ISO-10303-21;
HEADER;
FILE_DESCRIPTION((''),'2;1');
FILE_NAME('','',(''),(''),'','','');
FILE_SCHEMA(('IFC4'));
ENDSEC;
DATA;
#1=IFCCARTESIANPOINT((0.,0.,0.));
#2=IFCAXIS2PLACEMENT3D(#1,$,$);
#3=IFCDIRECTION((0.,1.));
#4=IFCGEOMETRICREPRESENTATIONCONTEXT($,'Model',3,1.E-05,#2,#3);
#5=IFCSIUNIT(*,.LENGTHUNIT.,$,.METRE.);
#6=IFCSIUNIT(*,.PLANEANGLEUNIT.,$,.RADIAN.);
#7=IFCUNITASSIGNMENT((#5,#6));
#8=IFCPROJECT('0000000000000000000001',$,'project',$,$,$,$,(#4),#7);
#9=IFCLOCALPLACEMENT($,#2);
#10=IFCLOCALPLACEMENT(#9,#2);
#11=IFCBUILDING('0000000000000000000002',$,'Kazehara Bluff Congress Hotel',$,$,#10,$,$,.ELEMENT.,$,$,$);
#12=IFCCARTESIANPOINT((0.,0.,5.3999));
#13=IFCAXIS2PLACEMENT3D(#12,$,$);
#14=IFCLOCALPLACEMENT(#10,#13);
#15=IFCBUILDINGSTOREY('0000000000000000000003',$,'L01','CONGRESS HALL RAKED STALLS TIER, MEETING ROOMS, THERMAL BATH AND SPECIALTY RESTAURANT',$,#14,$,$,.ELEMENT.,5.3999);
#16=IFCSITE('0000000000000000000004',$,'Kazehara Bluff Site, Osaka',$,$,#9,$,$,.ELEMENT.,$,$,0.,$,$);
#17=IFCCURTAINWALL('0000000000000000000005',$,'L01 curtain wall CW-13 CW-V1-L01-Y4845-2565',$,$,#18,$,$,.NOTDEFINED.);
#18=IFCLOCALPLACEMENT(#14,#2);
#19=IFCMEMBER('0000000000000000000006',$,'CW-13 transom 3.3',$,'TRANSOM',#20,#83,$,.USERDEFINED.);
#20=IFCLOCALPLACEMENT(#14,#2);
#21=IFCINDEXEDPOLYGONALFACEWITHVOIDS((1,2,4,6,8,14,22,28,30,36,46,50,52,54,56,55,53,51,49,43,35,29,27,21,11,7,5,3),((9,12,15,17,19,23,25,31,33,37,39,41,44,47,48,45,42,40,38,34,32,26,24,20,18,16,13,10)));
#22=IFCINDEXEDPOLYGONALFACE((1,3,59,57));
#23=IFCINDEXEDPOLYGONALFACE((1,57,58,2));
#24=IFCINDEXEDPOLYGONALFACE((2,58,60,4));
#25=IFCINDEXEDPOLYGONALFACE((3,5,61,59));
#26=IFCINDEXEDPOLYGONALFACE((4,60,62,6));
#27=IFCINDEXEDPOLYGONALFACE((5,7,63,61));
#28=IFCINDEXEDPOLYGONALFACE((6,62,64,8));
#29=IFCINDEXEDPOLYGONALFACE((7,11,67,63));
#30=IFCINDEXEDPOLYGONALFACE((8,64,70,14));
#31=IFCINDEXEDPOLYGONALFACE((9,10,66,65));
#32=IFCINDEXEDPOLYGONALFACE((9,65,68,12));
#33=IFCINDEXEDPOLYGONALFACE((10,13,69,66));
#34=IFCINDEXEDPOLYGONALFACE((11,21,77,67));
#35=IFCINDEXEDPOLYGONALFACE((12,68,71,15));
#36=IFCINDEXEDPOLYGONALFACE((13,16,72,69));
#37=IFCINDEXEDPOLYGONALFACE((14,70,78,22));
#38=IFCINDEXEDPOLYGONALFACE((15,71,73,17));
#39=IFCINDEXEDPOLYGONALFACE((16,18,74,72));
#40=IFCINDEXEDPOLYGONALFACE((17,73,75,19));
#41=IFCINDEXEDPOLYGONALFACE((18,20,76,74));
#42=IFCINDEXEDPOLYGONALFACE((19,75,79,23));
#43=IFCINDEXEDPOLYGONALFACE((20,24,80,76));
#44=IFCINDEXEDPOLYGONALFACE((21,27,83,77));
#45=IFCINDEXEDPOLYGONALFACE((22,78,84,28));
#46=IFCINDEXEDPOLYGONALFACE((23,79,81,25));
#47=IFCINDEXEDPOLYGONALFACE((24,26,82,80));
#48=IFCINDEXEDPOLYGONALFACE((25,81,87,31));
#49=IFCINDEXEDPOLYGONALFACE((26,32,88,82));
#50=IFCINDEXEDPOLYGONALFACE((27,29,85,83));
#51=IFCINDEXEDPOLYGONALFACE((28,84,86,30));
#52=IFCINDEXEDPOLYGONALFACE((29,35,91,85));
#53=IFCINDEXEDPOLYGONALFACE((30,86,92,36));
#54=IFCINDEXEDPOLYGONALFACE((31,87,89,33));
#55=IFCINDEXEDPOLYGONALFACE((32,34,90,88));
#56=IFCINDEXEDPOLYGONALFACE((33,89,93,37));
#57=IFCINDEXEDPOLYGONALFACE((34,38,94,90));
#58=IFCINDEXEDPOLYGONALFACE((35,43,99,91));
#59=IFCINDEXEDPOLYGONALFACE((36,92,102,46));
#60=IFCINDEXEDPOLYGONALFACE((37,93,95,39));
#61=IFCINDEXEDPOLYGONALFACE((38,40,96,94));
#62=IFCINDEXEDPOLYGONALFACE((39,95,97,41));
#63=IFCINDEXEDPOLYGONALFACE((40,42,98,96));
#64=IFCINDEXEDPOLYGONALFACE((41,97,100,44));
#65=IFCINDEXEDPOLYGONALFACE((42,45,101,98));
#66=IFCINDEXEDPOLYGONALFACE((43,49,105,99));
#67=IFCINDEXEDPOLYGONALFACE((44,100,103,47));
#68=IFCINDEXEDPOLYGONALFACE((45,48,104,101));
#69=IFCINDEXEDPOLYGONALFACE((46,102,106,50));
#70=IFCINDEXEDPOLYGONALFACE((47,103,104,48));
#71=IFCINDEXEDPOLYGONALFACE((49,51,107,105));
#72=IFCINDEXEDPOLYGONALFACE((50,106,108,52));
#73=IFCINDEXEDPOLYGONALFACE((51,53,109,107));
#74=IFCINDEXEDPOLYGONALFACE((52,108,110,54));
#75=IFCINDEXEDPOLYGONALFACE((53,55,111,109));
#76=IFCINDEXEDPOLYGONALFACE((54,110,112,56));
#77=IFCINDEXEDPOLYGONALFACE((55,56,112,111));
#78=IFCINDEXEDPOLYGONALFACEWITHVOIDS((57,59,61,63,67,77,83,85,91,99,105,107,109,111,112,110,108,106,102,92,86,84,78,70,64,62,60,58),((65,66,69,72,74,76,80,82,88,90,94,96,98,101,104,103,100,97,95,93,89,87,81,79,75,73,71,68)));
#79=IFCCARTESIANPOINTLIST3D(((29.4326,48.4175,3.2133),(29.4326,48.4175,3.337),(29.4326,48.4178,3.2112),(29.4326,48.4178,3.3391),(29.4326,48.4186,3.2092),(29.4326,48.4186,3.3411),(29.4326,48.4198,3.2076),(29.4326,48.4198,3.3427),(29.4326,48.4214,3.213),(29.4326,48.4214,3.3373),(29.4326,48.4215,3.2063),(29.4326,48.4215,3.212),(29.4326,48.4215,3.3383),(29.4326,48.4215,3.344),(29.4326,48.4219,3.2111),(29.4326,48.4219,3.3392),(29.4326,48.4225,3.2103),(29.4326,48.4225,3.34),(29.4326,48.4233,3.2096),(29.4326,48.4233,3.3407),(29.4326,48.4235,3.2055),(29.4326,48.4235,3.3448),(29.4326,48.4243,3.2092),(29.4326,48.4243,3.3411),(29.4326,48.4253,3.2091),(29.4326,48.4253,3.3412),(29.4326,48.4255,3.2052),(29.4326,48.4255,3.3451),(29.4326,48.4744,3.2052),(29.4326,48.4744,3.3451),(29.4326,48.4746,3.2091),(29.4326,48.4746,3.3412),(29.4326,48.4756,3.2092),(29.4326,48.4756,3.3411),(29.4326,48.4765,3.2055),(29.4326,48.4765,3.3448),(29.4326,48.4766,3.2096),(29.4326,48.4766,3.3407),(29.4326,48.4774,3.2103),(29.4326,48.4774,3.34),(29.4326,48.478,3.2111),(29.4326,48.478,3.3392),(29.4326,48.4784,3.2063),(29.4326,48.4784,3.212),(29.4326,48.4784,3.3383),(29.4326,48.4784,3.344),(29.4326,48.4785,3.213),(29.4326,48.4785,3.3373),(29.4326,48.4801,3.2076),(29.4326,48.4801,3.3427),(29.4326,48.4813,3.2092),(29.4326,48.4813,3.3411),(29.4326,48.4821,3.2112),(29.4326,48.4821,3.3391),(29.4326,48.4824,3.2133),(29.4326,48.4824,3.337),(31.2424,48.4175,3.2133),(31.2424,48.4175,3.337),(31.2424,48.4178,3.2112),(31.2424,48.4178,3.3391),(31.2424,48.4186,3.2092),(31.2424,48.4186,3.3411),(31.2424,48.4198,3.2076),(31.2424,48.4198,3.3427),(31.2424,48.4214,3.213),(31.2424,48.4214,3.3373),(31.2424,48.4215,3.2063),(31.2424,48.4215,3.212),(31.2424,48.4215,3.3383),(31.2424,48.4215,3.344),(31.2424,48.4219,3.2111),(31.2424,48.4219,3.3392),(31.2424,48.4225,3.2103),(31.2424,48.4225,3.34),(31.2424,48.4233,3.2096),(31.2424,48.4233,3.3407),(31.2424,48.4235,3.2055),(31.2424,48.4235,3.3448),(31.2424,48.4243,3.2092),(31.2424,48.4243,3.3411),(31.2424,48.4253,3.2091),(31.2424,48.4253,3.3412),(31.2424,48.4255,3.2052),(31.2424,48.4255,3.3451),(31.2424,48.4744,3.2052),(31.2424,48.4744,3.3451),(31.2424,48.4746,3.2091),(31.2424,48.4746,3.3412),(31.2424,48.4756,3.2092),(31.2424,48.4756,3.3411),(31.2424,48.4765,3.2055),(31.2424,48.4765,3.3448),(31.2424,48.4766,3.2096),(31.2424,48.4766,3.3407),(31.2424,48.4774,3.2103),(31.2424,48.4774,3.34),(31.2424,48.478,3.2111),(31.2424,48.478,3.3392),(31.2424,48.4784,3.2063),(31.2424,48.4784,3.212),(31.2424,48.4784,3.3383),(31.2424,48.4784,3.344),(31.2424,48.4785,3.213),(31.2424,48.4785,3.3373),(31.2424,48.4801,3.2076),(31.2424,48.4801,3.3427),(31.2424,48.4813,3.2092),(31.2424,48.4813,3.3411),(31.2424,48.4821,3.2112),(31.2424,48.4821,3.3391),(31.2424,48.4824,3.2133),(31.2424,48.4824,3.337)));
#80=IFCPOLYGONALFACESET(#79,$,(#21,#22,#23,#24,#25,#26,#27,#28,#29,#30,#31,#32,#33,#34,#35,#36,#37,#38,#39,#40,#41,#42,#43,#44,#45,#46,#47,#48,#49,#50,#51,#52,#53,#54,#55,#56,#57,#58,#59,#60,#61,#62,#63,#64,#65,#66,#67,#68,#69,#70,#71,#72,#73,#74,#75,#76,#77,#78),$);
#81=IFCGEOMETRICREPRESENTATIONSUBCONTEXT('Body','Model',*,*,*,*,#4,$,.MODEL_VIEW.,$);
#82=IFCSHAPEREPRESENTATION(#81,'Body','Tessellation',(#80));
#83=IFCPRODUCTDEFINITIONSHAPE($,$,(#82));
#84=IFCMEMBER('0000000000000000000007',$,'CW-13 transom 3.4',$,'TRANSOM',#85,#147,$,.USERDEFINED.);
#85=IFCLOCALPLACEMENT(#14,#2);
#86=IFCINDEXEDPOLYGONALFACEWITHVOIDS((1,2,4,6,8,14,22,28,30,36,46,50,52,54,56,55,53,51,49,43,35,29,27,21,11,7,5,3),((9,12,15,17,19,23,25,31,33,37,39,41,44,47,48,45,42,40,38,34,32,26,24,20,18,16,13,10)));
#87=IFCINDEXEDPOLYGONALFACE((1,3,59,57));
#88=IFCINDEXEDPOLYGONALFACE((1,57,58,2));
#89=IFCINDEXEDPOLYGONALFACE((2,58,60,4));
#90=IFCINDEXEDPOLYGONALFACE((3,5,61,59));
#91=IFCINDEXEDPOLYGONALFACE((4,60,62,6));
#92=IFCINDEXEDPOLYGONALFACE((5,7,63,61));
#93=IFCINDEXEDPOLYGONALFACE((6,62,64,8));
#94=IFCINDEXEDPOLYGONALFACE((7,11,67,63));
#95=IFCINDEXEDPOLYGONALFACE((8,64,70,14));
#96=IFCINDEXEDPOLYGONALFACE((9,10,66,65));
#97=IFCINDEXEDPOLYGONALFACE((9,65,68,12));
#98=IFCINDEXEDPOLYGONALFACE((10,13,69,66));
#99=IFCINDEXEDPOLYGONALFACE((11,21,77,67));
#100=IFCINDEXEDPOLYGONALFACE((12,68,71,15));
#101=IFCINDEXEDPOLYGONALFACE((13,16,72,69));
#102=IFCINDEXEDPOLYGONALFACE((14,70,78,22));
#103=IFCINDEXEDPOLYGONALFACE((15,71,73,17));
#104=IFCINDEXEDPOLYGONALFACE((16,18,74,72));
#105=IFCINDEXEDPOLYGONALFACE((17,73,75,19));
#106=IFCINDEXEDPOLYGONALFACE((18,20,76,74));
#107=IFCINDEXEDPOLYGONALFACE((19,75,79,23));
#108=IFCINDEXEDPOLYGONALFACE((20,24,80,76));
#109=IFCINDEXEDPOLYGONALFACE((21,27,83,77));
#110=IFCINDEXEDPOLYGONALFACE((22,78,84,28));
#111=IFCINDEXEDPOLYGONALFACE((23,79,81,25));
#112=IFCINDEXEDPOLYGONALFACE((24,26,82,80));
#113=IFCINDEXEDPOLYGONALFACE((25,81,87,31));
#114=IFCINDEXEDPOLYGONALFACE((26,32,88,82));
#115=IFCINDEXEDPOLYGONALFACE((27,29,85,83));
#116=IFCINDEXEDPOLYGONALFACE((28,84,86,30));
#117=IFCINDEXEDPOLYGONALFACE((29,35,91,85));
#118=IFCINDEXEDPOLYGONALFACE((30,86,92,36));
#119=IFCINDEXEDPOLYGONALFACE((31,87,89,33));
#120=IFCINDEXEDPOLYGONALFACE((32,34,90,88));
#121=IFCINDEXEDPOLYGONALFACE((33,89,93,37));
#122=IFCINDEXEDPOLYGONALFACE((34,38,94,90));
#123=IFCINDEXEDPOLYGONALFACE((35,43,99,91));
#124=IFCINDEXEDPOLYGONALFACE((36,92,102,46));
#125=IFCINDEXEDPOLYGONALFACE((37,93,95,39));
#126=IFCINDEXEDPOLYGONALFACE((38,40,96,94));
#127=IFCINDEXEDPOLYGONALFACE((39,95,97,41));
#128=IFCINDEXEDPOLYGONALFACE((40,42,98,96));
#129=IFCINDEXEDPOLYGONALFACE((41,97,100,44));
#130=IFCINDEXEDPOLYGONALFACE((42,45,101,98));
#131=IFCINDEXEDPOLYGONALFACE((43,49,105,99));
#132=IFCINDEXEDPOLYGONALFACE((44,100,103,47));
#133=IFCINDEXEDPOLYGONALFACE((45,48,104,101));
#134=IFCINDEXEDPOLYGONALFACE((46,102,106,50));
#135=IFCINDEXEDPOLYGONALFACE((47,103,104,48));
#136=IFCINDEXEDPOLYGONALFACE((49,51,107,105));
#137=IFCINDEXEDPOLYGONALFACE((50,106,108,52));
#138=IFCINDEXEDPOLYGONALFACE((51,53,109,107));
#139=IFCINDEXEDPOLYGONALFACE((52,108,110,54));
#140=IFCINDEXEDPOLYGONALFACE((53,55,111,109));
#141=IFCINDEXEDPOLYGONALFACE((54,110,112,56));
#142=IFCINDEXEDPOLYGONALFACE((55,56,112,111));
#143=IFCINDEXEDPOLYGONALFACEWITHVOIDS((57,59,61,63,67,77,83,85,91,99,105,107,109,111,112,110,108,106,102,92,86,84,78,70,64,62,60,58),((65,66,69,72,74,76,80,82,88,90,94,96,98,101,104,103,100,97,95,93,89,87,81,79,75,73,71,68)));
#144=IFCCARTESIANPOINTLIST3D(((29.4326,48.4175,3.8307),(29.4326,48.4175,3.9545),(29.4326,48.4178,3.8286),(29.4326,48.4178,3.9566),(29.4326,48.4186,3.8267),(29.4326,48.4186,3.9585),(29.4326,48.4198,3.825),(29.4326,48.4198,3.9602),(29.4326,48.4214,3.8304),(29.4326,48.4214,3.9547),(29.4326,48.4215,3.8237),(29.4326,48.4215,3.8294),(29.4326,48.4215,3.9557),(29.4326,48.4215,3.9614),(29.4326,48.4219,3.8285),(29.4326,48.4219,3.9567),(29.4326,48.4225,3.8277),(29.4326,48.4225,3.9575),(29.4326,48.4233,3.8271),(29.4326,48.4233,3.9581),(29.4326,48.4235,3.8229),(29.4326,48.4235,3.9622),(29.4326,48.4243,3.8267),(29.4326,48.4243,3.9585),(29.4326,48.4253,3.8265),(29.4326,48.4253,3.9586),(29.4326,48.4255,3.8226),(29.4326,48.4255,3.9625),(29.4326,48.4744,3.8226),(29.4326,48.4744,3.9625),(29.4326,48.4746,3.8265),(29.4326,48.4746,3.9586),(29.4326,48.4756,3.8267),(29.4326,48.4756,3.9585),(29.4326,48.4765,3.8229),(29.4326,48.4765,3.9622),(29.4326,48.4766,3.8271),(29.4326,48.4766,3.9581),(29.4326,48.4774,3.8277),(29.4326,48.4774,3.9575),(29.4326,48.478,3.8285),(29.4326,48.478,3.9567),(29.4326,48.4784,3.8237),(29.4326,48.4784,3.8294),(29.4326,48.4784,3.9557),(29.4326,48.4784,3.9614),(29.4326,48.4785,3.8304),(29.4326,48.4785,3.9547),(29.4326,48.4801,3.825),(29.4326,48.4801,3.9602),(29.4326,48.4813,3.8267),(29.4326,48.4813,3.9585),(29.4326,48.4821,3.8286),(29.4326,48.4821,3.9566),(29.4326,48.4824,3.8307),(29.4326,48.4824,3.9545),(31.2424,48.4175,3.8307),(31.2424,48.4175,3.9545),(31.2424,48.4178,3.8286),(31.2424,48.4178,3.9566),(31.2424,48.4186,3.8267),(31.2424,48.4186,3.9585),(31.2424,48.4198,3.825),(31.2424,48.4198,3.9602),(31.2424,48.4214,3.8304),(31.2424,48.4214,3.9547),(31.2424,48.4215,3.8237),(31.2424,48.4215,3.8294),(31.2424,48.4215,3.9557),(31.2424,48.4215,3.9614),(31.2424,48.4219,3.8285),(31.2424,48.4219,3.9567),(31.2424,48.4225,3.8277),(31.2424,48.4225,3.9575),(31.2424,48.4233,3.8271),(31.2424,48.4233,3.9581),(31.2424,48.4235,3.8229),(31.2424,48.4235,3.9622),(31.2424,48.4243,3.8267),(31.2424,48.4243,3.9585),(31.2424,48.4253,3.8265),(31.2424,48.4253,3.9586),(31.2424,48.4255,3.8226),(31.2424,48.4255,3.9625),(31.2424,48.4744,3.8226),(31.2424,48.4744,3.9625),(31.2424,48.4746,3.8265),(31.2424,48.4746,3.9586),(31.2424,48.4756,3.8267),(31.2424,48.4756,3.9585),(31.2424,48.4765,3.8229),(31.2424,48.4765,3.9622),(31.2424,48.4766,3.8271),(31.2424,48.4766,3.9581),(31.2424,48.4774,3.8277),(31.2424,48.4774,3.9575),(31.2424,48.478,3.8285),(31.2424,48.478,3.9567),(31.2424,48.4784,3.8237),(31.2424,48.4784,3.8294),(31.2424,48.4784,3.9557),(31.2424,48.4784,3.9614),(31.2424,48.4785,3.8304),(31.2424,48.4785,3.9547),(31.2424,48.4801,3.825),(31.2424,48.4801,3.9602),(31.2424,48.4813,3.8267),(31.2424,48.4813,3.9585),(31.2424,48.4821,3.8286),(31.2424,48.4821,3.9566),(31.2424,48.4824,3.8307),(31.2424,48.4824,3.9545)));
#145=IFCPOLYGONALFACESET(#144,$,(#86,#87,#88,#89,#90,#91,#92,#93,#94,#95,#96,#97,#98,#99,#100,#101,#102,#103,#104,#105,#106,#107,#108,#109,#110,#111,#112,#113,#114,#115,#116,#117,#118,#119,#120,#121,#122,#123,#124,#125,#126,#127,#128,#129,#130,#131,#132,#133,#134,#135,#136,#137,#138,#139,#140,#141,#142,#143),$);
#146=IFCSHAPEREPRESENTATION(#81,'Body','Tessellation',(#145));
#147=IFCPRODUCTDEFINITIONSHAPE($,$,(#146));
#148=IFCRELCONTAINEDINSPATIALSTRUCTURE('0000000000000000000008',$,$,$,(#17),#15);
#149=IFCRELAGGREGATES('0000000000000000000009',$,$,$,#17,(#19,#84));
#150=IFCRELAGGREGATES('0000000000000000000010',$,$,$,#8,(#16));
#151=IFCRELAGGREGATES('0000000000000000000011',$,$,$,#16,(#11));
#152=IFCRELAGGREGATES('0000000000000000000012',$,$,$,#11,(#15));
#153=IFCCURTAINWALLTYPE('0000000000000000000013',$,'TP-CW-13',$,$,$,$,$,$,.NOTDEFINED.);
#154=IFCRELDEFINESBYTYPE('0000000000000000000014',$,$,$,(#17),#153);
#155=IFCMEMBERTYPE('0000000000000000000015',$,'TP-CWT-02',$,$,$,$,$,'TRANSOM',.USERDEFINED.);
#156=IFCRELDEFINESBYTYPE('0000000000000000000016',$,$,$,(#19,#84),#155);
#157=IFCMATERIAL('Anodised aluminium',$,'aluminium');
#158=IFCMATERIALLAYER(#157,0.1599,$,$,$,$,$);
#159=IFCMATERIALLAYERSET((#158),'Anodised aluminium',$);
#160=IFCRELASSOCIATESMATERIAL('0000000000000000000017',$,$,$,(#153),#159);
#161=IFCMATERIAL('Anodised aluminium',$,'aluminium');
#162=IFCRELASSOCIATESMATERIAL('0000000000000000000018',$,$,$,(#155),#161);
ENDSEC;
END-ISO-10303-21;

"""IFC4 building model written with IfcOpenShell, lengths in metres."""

from ifc_helpers import new_model, si_unit, direction, frame, origin, origin_2d, place, context, subcontext, project, spatial, hollow_rectangle, extrude, material, layer, layer_set, material_profile, profile_set, type_object, element, aggregate, save


model = new_model("IFC4")

# Units and contexts
model_context = context("Model", 3, precision=1e-05, world=origin(), true_north=direction((0.0, 1.0)))
body_context = subcontext(model_context, "Body", "Model", "MODEL_VIEW")
ifc_project = project(units=[si_unit("LENGTHUNIT", "METRE"), si_unit("PLANEANGLEUNIT", "RADIAN")], contexts=[model_context])

# Site, building, storey
site_placement = place(None, origin())
site = spatial("IfcSite", under=ifc_project, at=site_placement, Name="Kazehara Bluff Site, Osaka", CompositionType="ELEMENT", RefElevation=0.0)
building_placement = place(site_placement, origin())
building = spatial("IfcBuilding", under=site, at=building_placement, Name="Kazehara Bluff Congress Hotel", CompositionType="ELEMENT")
storey_placement = place(building_placement, frame((0.0, 0.0, 5.3999)))
storey = spatial("IfcBuildingStorey", under=building, at=storey_placement, Name="L01", Description="CONGRESS HALL RAKED STALLS TIER, MEETING ROOMS, THERMAL BATH AND SPECIALTY RESTAURANT", CompositionType="ELEMENT", Elevation=5.3999)

# Curtain wall
ifc_material_1 = material(Name="Anodised aluminium", Category="aluminium")
ifc_layer_1 = layer(ifc_material_1, 0.1599)
ifc_layer_set_1 = layer_set([ifc_layer_1], Name="Anodised aluminium")
curtain_wall_type_1 = type_object("IfcCurtainWallType", Name="TP-CW-13", PredefinedType="NOTDEFINED", material=ifc_layer_set_1)
curtain_wall_1_placement = place(storey_placement, origin())
curtain_wall_1 = element("IfcCurtainWall", 1, at=curtain_wall_1_placement, inside=storey, type_object=curtain_wall_type_1, Name="L01 curtain wall CW-13 CW-V1-L01-Y4845-2565", PredefinedType="NOTDEFINED")

# Members
ifc_material_2 = material(Name="Anodised aluminium", Category="aluminium")
ifc_material_profile_1 = material_profile(ifc_material_2, hollow_rectangle(XDim=0.0649, YDim=0.1399, WallThickness=0.0039, InnerFilletRadius=0.0039, OuterFilletRadius=0.0081, at=origin_2d()))
ifc_profile_set_1 = profile_set([ifc_material_profile_1], Name="Anodised aluminium")
member_type_1 = type_object("IfcMemberType", Name="TP-CWT-02", ElementType="TRANSOM", PredefinedType="USERDEFINED", material=ifc_profile_set_1)
member_1_placement = place(storey_placement, frame((29.4326, 48.45, 3.2751), z_axis=(1.0, 0.0, 0.0), x_axis=(0.0, 1.0, 0.0)))
member_1 = element("IfcMember", 2, at=member_1_placement, type_object=member_type_1, Name="CW-13 transom 3.3", ObjectType="TRANSOM", PredefinedType="USERDEFINED", context=body_context, shape_type="SweptSolid", body=[
    extrude(hollow_rectangle(XDim=0.0649, YDim=0.1399, WallThickness=0.0039, InnerFilletRadius=0.0039, OuterFilletRadius=0.0081, at=origin_2d()), origin(), (0.0, 0.0, 1.0), 1.8098),
])
member_2_placement = place(storey_placement, frame((29.4326, 48.45, 3.8926), z_axis=(1.0, 0.0, 0.0), x_axis=(0.0, 1.0, 0.0)))
member_2 = element("IfcMember", 3, at=member_2_placement, type_object=member_type_1, Name="CW-13 transom 3.4", ObjectType="TRANSOM", PredefinedType="USERDEFINED", context=body_context, shape_type="SweptSolid", body=[
    extrude(hollow_rectangle(XDim=0.0649, YDim=0.1399, WallThickness=0.0039, InnerFilletRadius=0.0039, OuterFilletRadius=0.0081, at=origin_2d()), origin(), (0.0, 0.0, 1.0), 1.8098),
])

aggregate(curtain_wall_1, [member_1, member_2])

save(model, "model.ifc")
